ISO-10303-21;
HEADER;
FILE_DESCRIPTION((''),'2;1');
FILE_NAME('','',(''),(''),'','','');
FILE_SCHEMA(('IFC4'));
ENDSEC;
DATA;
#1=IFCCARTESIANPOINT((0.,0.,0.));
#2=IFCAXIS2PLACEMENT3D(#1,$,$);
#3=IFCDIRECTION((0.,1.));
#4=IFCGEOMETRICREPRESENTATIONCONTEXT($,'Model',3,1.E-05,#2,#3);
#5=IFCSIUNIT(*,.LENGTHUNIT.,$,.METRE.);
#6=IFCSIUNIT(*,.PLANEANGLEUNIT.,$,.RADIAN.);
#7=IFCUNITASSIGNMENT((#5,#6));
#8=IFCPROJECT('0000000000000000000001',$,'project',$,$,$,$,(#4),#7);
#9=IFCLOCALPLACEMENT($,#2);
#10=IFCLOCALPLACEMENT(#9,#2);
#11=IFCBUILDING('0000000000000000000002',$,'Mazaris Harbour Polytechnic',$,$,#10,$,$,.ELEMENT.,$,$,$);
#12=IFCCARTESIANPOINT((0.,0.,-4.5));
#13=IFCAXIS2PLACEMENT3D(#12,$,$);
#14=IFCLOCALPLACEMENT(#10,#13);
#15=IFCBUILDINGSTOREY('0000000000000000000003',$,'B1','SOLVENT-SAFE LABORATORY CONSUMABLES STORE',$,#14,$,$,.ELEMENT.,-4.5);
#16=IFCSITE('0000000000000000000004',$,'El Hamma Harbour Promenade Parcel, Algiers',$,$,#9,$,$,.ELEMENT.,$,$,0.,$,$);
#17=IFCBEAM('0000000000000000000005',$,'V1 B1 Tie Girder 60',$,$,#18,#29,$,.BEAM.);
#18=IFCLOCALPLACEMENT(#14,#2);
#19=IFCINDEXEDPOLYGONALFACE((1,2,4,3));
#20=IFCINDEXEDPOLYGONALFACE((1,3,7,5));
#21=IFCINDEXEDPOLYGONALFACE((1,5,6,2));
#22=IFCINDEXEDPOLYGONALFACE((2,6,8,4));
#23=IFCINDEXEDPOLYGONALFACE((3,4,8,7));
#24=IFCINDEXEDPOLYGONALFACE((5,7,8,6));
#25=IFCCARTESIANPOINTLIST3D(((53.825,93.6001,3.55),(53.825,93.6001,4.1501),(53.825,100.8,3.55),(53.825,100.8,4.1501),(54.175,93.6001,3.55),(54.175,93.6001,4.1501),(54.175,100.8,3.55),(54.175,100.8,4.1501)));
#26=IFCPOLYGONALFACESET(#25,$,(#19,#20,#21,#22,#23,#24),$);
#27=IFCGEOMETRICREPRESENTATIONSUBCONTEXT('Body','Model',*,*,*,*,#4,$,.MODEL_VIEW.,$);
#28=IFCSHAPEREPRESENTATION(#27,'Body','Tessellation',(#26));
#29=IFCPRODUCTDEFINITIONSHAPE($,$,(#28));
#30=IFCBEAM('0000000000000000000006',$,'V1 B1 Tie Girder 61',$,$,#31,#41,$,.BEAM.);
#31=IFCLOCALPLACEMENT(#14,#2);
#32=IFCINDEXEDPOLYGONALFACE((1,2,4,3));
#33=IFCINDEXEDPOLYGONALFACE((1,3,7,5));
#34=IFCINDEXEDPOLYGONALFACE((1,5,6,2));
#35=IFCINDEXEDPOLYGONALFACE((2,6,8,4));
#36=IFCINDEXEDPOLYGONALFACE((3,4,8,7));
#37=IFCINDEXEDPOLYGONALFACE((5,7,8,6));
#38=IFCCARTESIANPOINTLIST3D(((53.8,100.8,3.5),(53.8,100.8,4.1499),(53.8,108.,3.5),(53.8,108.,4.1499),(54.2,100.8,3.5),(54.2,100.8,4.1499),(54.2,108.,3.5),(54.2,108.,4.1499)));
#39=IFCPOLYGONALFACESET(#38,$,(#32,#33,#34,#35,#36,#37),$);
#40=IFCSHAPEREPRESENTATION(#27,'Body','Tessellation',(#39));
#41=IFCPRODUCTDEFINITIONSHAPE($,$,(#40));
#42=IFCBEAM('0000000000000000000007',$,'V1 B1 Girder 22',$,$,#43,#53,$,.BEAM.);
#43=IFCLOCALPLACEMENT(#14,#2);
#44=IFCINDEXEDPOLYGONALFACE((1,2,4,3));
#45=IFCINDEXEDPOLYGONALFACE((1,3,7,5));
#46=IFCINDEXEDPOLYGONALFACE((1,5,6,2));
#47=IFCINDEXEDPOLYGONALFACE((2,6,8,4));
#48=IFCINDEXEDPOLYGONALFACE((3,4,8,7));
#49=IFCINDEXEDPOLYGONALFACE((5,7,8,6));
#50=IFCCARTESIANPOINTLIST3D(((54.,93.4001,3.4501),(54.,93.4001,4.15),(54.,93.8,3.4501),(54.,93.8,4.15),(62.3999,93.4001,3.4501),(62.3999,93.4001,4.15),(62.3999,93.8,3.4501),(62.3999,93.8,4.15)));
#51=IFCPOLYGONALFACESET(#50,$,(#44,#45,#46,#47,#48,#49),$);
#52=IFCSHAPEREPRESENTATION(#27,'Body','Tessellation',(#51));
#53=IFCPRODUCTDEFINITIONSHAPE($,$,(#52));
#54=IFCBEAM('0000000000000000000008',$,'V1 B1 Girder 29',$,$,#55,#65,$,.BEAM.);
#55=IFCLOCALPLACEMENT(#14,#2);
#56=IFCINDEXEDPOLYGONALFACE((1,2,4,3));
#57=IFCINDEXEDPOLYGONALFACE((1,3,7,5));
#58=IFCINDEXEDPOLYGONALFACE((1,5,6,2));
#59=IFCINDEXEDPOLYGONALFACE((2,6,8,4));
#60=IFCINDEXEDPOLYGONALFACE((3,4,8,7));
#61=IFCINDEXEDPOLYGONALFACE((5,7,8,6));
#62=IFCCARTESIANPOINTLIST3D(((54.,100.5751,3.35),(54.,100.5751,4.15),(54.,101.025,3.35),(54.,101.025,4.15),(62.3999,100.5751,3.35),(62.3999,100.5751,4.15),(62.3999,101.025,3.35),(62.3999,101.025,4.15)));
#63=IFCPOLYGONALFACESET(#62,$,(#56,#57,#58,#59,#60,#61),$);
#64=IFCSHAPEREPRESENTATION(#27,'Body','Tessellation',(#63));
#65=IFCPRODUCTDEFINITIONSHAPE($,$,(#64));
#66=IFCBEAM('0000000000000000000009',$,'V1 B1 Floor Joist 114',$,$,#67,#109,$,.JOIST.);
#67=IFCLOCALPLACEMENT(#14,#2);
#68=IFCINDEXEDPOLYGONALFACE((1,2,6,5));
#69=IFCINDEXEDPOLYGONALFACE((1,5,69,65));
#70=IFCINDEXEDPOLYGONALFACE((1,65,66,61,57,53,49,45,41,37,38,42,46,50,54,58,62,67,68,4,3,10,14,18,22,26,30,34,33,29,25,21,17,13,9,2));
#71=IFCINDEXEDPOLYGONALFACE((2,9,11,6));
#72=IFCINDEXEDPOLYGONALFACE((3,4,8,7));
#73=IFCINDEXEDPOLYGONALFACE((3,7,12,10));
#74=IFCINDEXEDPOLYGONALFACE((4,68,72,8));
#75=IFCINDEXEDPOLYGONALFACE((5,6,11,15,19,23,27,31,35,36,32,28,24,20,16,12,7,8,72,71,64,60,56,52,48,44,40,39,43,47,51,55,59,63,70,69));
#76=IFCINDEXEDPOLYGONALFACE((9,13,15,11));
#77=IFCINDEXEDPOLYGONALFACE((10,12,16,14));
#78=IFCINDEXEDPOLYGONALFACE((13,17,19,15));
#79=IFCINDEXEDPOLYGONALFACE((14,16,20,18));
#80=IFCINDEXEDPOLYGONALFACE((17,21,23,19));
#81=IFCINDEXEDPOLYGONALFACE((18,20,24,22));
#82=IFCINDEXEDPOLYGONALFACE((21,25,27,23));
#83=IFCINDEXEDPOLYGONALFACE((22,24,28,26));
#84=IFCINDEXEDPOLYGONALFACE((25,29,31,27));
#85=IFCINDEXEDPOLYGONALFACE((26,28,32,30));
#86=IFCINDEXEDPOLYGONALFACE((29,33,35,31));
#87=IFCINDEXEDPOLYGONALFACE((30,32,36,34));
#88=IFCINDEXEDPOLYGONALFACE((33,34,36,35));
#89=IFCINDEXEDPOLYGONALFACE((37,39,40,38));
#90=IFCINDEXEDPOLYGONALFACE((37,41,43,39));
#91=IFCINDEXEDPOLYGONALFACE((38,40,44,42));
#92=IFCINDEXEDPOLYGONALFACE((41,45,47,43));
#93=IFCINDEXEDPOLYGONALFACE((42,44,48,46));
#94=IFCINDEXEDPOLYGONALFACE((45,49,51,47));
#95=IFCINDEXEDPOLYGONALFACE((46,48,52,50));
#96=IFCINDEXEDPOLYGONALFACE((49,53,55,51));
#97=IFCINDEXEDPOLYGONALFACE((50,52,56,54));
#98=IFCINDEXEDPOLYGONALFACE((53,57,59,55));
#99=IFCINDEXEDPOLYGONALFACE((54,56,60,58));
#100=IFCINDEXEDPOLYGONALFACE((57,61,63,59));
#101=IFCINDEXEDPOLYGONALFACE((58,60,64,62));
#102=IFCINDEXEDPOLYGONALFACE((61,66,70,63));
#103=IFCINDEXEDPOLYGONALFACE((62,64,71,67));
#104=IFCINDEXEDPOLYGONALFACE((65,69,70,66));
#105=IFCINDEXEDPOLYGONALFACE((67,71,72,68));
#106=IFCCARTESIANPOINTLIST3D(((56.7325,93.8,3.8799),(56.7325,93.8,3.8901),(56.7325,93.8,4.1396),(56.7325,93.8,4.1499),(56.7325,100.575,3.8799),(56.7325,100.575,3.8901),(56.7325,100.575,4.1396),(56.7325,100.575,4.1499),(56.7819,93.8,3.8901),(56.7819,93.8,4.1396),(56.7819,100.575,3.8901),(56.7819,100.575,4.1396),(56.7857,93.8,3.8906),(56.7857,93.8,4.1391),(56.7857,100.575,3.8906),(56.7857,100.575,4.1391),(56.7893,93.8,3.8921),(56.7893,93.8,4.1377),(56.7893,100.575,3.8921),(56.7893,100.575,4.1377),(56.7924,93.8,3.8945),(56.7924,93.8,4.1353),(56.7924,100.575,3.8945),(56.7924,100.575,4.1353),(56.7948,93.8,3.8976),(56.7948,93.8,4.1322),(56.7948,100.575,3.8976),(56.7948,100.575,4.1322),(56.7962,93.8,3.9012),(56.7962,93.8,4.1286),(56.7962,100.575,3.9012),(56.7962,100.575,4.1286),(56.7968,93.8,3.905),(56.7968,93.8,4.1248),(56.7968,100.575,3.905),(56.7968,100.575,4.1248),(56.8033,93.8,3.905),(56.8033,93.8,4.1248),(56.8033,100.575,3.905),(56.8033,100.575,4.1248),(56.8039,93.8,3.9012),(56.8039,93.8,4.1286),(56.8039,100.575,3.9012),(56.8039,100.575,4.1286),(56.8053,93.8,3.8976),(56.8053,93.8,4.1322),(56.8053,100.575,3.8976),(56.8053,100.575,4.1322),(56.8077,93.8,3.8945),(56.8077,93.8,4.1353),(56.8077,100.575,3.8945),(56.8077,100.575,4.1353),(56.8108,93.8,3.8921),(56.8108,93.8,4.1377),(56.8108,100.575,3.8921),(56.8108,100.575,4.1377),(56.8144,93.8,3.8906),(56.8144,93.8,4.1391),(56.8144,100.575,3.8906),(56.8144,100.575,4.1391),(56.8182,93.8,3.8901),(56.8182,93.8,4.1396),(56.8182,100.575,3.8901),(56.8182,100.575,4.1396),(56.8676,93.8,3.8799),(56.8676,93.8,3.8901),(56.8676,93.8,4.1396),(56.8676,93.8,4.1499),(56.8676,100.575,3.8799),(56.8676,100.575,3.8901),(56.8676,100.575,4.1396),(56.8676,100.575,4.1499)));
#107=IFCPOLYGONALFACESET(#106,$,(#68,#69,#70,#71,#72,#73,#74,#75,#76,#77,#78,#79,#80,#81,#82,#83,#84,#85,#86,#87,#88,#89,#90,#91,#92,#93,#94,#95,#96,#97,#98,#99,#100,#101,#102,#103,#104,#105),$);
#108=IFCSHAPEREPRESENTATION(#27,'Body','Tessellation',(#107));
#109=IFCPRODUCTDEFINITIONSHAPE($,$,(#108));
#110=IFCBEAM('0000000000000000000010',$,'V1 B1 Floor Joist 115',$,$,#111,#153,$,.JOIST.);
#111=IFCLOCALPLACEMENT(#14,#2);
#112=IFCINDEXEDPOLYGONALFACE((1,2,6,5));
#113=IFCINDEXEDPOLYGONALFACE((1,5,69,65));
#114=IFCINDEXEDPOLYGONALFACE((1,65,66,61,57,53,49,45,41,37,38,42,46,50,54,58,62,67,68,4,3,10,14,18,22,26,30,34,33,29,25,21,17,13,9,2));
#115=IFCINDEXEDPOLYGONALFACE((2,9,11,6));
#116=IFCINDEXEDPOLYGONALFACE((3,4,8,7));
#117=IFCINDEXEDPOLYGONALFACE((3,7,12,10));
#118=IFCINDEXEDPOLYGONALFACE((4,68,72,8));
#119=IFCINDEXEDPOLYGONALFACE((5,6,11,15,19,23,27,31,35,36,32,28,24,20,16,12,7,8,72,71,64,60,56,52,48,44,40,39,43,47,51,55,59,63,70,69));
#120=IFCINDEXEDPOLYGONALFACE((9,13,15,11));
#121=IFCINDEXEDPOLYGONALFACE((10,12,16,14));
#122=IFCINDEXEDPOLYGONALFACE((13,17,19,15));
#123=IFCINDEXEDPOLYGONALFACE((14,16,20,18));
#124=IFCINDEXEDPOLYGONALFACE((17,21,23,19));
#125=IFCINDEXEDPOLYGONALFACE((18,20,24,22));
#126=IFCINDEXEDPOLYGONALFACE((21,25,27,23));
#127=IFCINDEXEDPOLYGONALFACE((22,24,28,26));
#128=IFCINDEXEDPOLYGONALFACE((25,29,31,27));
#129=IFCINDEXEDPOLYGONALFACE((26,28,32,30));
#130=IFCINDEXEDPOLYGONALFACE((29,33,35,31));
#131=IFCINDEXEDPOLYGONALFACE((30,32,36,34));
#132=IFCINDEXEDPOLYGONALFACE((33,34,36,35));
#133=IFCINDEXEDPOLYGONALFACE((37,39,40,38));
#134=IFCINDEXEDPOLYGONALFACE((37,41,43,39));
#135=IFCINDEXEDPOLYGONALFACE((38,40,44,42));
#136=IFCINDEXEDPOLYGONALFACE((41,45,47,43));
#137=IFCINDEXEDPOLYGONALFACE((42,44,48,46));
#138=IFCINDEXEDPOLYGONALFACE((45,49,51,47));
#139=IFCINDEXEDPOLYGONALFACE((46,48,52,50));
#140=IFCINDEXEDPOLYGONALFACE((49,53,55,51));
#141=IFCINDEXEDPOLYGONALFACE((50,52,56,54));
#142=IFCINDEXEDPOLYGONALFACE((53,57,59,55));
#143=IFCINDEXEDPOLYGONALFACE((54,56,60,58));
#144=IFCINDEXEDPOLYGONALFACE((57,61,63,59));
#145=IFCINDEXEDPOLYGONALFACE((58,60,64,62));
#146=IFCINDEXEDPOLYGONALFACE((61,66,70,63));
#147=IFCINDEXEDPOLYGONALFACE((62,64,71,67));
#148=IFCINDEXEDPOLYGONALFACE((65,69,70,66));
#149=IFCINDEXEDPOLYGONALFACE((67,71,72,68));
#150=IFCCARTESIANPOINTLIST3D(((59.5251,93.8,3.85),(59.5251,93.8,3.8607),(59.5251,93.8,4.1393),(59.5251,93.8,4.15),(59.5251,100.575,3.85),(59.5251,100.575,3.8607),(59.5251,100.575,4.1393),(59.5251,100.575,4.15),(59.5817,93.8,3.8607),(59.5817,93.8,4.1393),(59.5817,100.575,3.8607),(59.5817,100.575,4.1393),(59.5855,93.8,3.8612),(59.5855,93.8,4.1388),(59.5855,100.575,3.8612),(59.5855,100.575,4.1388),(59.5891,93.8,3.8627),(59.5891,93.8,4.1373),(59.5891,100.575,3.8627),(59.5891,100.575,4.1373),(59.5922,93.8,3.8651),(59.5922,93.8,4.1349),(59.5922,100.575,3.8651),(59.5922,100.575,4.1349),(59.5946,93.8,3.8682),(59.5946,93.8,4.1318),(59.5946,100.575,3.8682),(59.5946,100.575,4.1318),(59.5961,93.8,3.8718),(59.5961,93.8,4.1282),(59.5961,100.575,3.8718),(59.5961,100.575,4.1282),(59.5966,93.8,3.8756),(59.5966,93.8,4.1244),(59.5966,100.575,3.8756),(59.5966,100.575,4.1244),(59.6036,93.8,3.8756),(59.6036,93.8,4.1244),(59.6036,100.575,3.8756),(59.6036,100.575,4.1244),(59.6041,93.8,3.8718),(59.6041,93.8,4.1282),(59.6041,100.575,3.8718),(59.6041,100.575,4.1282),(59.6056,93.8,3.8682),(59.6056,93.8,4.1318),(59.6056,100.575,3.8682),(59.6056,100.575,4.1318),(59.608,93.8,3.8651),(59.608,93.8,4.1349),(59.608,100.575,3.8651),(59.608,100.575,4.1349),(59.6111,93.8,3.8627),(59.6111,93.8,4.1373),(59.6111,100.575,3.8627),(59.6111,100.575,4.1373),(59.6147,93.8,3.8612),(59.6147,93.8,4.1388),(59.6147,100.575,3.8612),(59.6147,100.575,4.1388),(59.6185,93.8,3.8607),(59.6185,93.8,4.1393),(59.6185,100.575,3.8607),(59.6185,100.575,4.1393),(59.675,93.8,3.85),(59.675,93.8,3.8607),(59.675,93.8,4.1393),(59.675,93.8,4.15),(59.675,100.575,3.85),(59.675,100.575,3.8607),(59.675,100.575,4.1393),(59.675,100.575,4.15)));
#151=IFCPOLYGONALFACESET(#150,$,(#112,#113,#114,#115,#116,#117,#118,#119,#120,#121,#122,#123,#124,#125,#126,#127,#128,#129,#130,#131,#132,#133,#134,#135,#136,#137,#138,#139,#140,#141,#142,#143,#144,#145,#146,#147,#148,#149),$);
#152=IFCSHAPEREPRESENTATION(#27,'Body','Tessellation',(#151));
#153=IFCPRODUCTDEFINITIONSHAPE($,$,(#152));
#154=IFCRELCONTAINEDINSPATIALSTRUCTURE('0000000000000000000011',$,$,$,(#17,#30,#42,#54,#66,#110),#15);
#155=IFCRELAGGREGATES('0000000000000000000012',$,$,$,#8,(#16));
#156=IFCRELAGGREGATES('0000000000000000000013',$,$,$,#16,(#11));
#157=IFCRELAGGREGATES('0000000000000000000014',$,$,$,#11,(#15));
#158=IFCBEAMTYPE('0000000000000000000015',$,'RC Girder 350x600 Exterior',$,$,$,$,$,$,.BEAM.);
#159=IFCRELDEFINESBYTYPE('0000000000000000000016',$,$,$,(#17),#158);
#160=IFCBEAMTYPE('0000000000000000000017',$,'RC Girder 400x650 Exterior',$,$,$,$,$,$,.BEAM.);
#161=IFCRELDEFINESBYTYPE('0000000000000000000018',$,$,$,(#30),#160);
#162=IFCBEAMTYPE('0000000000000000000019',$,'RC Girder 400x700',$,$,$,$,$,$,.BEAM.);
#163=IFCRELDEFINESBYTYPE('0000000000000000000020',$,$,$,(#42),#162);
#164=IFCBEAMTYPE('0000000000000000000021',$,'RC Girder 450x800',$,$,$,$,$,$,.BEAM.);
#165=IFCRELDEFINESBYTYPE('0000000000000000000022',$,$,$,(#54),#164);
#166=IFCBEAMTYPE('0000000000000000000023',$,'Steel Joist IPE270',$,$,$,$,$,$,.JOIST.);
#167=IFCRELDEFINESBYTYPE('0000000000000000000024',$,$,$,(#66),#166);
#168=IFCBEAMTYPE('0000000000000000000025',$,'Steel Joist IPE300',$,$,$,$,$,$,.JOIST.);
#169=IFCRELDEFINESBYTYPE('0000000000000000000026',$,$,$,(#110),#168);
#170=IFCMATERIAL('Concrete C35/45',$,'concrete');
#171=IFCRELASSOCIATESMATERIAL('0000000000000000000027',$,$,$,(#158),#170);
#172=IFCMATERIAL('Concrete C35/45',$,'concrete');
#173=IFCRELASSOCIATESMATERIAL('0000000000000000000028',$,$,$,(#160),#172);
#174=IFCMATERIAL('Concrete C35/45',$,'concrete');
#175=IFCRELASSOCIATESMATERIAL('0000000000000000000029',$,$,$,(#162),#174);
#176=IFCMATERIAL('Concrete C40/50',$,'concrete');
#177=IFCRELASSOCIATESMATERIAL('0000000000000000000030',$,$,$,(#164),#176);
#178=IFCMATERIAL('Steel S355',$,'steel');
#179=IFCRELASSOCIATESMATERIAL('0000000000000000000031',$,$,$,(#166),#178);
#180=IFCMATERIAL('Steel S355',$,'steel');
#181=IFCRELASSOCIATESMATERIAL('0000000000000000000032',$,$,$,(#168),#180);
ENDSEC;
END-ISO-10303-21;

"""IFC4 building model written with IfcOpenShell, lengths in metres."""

from ifc_helpers import new_model, si_unit, direction, frame, origin, origin_2d, place, context, subcontext, project, spatial, rectangle, i_section, extrude, material, material_profile, profile_set, type_object, element, save


model = new_model("IFC4")

# Units and contexts
model_context = context("Model", 3, precision=1e-05, world=origin(), true_north=direction((0.0, 1.0)))
body_context = subcontext(model_context, "Body", "Model", "MODEL_VIEW")
ifc_project = project(units=[si_unit("LENGTHUNIT", "METRE"), si_unit("PLANEANGLEUNIT", "RADIAN")], contexts=[model_context])

# Site, building, storey
site_placement = place(None, origin())
site = spatial("IfcSite", under=ifc_project, at=site_placement, Name="El Hamma Harbour Promenade Parcel, Algiers", CompositionType="ELEMENT", RefElevation=0.0)
building_placement = place(site_placement, origin())
building = spatial("IfcBuilding", under=site, at=building_placement, Name="Mazaris Harbour Polytechnic", CompositionType="ELEMENT")
storey_placement = place(building_placement, frame((0.0, 0.0, -4.5)))
storey = spatial("IfcBuildingStorey", under=building, at=storey_placement, Name="B1", Description="SOLVENT-SAFE LABORATORY CONSUMABLES STORE", CompositionType="ELEMENT", Elevation=-4.5)

# Beams
ifc_material_1 = material(Name="Concrete C35/45", Category="concrete")
ifc_material_profile_1 = material_profile(ifc_material_1, rectangle(XDim=0.3501, YDim=0.6001, at=origin_2d()), Name="RECT350x600")
ifc_profile_set_1 = profile_set([ifc_material_profile_1], Name="Concrete C35/45")
beam_type_1 = type_object("IfcBeamType", Name="RC Girder 350x600 Exterior", PredefinedType="BEAM", material=ifc_profile_set_1)
beam_1_placement = place(storey_placement, frame((54.0, 93.6001, 3.8501), z_axis=(0.0, 1.0, 0.0), x_axis=(-1.0, 0.0, 0.0)))
element("IfcBeam", 1, at=beam_1_placement, inside=storey, type_object=beam_type_1, Name="V1 B1 Tie Girder 60", PredefinedType="BEAM", context=body_context, shape_type="SweptSolid", body=[
    extrude(rectangle(XDim=0.3501, YDim=0.6001, at=origin_2d()), origin(), (0.0, 0.0, 1.0), 7.2),
])
ifc_material_2 = material(Name="Concrete C35/45", Category="concrete")
ifc_material_profile_2 = material_profile(ifc_material_2, rectangle(XDim=0.3999, YDim=0.6499, at=origin_2d()), Name="RECT400x650")
ifc_profile_set_2 = profile_set([ifc_material_profile_2], Name="Concrete C35/45")
beam_type_2 = type_object("IfcBeamType", Name="RC Girder 400x650 Exterior", PredefinedType="BEAM", material=ifc_profile_set_2)
beam_2_placement = place(storey_placement, frame((54.0, 100.8, 3.825), z_axis=(0.0, 1.0, 0.0), x_axis=(-1.0, 0.0, 0.0)))
element("IfcBeam", 2, at=beam_2_placement, inside=storey, type_object=beam_type_2, Name="V1 B1 Tie Girder 61", PredefinedType="BEAM", context=body_context, shape_type="SweptSolid", body=[
    extrude(rectangle(XDim=0.3999, YDim=0.6499, at=origin_2d()), origin(), (0.0, 0.0, 1.0), 7.2),
])
ifc_material_3 = material(Name="Concrete C35/45", Category="concrete")
ifc_material_profile_3 = material_profile(ifc_material_3, rectangle(XDim=0.3999, YDim=0.7, at=origin_2d()), Name="RECT400x700")
ifc_profile_set_3 = profile_set([ifc_material_profile_3], Name="Concrete C35/45")
beam_type_3 = type_object("IfcBeamType", Name="RC Girder 400x700", PredefinedType="BEAM", material=ifc_profile_set_3)
beam_3_placement = place(storey_placement, frame((54.0, 93.6001, 3.8), z_axis=(1.0, 0.0, 0.0), x_axis=(0.0, 1.0, 0.0)))
element("IfcBeam", 3, at=beam_3_placement, inside=storey, type_object=beam_type_3, Name="V1 B1 Girder 22", PredefinedType="BEAM", context=body_context, shape_type="SweptSolid", body=[
    extrude(rectangle(XDim=0.3999, YDim=0.7, at=origin_2d()), origin(), (0.0, 0.0, 1.0), 8.3999),
])
ifc_material_4 = material(Name="Concrete C40/50", Category="concrete")
ifc_material_profile_4 = material_profile(ifc_material_4, rectangle(XDim=0.45, YDim=0.8, at=origin_2d()), Name="RECT450x800")
ifc_profile_set_4 = profile_set([ifc_material_profile_4], Name="Concrete C40/50")
beam_type_4 = type_object("IfcBeamType", Name="RC Girder 450x800", PredefinedType="BEAM", material=ifc_profile_set_4)
beam_4_placement = place(storey_placement, frame((54.0, 100.8, 3.75), z_axis=(1.0, 0.0, 0.0), x_axis=(0.0, 1.0, 0.0)))
element("IfcBeam", 4, at=beam_4_placement, inside=storey, type_object=beam_type_4, Name="V1 B1 Girder 29", PredefinedType="BEAM", context=body_context, shape_type="SweptSolid", body=[
    extrude(rectangle(XDim=0.45, YDim=0.8, at=origin_2d()), origin(), (0.0, 0.0, 1.0), 8.3999),
])
ifc_material_5 = material(Name="Steel S355", Category="steel")
ifc_material_profile_5 = material_profile(ifc_material_5, i_section(OverallWidth=0.135, OverallDepth=0.27, WebThickness=0.0066, FlangeThickness=0.0103, FilletRadius=0.0149, at=origin_2d()), Name="IPE 270")
ifc_profile_set_5 = profile_set([ifc_material_profile_5], Name="Steel S355")
beam_type_5 = type_object("IfcBeamType", Name="Steel Joist IPE270", PredefinedType="JOIST", material=ifc_profile_set_5)
beam_5_placement = place(storey_placement, frame((56.8, 93.8, 4.0149), z_axis=(0.0, 1.0, 0.0), x_axis=(-1.0, 0.0, 0.0)))
element("IfcBeam", 5, at=beam_5_placement, inside=storey, type_object=beam_type_5, Name="V1 B1 Floor Joist 114", PredefinedType="JOIST", context=body_context, shape_type="SweptSolid", body=[
    extrude(i_section(OverallWidth=0.135, OverallDepth=0.27, WebThickness=0.0066, FlangeThickness=0.0103, FilletRadius=0.0149, at=origin_2d()), origin(), (0.0, 0.0, 1.0), 6.7749),
])
ifc_material_6 = material(Name="Steel S355", Category="steel")
ifc_material_profile_6 = material_profile(ifc_material_6, i_section(OverallWidth=0.1499, OverallDepth=0.3, WebThickness=0.0071, FlangeThickness=0.0107, FilletRadius=0.0149, at=origin_2d()), Name="IPE 300")
ifc_profile_set_6 = profile_set([ifc_material_profile_6], Name="Steel S355")
beam_type_6 = type_object("IfcBeamType", Name="Steel Joist IPE300", PredefinedType="JOIST", material=ifc_profile_set_6)
beam_6_placement = place(storey_placement, frame((59.6001, 93.8, 4.0), z_axis=(0.0, 1.0, 0.0), x_axis=(-1.0, 0.0, 0.0)))
element("IfcBeam", 6, at=beam_6_placement, inside=storey, type_object=beam_type_6, Name="V1 B1 Floor Joist 115", PredefinedType="JOIST", context=body_context, shape_type="SweptSolid", body=[
    extrude(i_section(OverallWidth=0.1499, OverallDepth=0.3, WebThickness=0.0071, FlangeThickness=0.0107, FilletRadius=0.0149, at=origin_2d()), origin(), (0.0, 0.0, 1.0), 6.7749),
])

save(model, "model.ifc")
